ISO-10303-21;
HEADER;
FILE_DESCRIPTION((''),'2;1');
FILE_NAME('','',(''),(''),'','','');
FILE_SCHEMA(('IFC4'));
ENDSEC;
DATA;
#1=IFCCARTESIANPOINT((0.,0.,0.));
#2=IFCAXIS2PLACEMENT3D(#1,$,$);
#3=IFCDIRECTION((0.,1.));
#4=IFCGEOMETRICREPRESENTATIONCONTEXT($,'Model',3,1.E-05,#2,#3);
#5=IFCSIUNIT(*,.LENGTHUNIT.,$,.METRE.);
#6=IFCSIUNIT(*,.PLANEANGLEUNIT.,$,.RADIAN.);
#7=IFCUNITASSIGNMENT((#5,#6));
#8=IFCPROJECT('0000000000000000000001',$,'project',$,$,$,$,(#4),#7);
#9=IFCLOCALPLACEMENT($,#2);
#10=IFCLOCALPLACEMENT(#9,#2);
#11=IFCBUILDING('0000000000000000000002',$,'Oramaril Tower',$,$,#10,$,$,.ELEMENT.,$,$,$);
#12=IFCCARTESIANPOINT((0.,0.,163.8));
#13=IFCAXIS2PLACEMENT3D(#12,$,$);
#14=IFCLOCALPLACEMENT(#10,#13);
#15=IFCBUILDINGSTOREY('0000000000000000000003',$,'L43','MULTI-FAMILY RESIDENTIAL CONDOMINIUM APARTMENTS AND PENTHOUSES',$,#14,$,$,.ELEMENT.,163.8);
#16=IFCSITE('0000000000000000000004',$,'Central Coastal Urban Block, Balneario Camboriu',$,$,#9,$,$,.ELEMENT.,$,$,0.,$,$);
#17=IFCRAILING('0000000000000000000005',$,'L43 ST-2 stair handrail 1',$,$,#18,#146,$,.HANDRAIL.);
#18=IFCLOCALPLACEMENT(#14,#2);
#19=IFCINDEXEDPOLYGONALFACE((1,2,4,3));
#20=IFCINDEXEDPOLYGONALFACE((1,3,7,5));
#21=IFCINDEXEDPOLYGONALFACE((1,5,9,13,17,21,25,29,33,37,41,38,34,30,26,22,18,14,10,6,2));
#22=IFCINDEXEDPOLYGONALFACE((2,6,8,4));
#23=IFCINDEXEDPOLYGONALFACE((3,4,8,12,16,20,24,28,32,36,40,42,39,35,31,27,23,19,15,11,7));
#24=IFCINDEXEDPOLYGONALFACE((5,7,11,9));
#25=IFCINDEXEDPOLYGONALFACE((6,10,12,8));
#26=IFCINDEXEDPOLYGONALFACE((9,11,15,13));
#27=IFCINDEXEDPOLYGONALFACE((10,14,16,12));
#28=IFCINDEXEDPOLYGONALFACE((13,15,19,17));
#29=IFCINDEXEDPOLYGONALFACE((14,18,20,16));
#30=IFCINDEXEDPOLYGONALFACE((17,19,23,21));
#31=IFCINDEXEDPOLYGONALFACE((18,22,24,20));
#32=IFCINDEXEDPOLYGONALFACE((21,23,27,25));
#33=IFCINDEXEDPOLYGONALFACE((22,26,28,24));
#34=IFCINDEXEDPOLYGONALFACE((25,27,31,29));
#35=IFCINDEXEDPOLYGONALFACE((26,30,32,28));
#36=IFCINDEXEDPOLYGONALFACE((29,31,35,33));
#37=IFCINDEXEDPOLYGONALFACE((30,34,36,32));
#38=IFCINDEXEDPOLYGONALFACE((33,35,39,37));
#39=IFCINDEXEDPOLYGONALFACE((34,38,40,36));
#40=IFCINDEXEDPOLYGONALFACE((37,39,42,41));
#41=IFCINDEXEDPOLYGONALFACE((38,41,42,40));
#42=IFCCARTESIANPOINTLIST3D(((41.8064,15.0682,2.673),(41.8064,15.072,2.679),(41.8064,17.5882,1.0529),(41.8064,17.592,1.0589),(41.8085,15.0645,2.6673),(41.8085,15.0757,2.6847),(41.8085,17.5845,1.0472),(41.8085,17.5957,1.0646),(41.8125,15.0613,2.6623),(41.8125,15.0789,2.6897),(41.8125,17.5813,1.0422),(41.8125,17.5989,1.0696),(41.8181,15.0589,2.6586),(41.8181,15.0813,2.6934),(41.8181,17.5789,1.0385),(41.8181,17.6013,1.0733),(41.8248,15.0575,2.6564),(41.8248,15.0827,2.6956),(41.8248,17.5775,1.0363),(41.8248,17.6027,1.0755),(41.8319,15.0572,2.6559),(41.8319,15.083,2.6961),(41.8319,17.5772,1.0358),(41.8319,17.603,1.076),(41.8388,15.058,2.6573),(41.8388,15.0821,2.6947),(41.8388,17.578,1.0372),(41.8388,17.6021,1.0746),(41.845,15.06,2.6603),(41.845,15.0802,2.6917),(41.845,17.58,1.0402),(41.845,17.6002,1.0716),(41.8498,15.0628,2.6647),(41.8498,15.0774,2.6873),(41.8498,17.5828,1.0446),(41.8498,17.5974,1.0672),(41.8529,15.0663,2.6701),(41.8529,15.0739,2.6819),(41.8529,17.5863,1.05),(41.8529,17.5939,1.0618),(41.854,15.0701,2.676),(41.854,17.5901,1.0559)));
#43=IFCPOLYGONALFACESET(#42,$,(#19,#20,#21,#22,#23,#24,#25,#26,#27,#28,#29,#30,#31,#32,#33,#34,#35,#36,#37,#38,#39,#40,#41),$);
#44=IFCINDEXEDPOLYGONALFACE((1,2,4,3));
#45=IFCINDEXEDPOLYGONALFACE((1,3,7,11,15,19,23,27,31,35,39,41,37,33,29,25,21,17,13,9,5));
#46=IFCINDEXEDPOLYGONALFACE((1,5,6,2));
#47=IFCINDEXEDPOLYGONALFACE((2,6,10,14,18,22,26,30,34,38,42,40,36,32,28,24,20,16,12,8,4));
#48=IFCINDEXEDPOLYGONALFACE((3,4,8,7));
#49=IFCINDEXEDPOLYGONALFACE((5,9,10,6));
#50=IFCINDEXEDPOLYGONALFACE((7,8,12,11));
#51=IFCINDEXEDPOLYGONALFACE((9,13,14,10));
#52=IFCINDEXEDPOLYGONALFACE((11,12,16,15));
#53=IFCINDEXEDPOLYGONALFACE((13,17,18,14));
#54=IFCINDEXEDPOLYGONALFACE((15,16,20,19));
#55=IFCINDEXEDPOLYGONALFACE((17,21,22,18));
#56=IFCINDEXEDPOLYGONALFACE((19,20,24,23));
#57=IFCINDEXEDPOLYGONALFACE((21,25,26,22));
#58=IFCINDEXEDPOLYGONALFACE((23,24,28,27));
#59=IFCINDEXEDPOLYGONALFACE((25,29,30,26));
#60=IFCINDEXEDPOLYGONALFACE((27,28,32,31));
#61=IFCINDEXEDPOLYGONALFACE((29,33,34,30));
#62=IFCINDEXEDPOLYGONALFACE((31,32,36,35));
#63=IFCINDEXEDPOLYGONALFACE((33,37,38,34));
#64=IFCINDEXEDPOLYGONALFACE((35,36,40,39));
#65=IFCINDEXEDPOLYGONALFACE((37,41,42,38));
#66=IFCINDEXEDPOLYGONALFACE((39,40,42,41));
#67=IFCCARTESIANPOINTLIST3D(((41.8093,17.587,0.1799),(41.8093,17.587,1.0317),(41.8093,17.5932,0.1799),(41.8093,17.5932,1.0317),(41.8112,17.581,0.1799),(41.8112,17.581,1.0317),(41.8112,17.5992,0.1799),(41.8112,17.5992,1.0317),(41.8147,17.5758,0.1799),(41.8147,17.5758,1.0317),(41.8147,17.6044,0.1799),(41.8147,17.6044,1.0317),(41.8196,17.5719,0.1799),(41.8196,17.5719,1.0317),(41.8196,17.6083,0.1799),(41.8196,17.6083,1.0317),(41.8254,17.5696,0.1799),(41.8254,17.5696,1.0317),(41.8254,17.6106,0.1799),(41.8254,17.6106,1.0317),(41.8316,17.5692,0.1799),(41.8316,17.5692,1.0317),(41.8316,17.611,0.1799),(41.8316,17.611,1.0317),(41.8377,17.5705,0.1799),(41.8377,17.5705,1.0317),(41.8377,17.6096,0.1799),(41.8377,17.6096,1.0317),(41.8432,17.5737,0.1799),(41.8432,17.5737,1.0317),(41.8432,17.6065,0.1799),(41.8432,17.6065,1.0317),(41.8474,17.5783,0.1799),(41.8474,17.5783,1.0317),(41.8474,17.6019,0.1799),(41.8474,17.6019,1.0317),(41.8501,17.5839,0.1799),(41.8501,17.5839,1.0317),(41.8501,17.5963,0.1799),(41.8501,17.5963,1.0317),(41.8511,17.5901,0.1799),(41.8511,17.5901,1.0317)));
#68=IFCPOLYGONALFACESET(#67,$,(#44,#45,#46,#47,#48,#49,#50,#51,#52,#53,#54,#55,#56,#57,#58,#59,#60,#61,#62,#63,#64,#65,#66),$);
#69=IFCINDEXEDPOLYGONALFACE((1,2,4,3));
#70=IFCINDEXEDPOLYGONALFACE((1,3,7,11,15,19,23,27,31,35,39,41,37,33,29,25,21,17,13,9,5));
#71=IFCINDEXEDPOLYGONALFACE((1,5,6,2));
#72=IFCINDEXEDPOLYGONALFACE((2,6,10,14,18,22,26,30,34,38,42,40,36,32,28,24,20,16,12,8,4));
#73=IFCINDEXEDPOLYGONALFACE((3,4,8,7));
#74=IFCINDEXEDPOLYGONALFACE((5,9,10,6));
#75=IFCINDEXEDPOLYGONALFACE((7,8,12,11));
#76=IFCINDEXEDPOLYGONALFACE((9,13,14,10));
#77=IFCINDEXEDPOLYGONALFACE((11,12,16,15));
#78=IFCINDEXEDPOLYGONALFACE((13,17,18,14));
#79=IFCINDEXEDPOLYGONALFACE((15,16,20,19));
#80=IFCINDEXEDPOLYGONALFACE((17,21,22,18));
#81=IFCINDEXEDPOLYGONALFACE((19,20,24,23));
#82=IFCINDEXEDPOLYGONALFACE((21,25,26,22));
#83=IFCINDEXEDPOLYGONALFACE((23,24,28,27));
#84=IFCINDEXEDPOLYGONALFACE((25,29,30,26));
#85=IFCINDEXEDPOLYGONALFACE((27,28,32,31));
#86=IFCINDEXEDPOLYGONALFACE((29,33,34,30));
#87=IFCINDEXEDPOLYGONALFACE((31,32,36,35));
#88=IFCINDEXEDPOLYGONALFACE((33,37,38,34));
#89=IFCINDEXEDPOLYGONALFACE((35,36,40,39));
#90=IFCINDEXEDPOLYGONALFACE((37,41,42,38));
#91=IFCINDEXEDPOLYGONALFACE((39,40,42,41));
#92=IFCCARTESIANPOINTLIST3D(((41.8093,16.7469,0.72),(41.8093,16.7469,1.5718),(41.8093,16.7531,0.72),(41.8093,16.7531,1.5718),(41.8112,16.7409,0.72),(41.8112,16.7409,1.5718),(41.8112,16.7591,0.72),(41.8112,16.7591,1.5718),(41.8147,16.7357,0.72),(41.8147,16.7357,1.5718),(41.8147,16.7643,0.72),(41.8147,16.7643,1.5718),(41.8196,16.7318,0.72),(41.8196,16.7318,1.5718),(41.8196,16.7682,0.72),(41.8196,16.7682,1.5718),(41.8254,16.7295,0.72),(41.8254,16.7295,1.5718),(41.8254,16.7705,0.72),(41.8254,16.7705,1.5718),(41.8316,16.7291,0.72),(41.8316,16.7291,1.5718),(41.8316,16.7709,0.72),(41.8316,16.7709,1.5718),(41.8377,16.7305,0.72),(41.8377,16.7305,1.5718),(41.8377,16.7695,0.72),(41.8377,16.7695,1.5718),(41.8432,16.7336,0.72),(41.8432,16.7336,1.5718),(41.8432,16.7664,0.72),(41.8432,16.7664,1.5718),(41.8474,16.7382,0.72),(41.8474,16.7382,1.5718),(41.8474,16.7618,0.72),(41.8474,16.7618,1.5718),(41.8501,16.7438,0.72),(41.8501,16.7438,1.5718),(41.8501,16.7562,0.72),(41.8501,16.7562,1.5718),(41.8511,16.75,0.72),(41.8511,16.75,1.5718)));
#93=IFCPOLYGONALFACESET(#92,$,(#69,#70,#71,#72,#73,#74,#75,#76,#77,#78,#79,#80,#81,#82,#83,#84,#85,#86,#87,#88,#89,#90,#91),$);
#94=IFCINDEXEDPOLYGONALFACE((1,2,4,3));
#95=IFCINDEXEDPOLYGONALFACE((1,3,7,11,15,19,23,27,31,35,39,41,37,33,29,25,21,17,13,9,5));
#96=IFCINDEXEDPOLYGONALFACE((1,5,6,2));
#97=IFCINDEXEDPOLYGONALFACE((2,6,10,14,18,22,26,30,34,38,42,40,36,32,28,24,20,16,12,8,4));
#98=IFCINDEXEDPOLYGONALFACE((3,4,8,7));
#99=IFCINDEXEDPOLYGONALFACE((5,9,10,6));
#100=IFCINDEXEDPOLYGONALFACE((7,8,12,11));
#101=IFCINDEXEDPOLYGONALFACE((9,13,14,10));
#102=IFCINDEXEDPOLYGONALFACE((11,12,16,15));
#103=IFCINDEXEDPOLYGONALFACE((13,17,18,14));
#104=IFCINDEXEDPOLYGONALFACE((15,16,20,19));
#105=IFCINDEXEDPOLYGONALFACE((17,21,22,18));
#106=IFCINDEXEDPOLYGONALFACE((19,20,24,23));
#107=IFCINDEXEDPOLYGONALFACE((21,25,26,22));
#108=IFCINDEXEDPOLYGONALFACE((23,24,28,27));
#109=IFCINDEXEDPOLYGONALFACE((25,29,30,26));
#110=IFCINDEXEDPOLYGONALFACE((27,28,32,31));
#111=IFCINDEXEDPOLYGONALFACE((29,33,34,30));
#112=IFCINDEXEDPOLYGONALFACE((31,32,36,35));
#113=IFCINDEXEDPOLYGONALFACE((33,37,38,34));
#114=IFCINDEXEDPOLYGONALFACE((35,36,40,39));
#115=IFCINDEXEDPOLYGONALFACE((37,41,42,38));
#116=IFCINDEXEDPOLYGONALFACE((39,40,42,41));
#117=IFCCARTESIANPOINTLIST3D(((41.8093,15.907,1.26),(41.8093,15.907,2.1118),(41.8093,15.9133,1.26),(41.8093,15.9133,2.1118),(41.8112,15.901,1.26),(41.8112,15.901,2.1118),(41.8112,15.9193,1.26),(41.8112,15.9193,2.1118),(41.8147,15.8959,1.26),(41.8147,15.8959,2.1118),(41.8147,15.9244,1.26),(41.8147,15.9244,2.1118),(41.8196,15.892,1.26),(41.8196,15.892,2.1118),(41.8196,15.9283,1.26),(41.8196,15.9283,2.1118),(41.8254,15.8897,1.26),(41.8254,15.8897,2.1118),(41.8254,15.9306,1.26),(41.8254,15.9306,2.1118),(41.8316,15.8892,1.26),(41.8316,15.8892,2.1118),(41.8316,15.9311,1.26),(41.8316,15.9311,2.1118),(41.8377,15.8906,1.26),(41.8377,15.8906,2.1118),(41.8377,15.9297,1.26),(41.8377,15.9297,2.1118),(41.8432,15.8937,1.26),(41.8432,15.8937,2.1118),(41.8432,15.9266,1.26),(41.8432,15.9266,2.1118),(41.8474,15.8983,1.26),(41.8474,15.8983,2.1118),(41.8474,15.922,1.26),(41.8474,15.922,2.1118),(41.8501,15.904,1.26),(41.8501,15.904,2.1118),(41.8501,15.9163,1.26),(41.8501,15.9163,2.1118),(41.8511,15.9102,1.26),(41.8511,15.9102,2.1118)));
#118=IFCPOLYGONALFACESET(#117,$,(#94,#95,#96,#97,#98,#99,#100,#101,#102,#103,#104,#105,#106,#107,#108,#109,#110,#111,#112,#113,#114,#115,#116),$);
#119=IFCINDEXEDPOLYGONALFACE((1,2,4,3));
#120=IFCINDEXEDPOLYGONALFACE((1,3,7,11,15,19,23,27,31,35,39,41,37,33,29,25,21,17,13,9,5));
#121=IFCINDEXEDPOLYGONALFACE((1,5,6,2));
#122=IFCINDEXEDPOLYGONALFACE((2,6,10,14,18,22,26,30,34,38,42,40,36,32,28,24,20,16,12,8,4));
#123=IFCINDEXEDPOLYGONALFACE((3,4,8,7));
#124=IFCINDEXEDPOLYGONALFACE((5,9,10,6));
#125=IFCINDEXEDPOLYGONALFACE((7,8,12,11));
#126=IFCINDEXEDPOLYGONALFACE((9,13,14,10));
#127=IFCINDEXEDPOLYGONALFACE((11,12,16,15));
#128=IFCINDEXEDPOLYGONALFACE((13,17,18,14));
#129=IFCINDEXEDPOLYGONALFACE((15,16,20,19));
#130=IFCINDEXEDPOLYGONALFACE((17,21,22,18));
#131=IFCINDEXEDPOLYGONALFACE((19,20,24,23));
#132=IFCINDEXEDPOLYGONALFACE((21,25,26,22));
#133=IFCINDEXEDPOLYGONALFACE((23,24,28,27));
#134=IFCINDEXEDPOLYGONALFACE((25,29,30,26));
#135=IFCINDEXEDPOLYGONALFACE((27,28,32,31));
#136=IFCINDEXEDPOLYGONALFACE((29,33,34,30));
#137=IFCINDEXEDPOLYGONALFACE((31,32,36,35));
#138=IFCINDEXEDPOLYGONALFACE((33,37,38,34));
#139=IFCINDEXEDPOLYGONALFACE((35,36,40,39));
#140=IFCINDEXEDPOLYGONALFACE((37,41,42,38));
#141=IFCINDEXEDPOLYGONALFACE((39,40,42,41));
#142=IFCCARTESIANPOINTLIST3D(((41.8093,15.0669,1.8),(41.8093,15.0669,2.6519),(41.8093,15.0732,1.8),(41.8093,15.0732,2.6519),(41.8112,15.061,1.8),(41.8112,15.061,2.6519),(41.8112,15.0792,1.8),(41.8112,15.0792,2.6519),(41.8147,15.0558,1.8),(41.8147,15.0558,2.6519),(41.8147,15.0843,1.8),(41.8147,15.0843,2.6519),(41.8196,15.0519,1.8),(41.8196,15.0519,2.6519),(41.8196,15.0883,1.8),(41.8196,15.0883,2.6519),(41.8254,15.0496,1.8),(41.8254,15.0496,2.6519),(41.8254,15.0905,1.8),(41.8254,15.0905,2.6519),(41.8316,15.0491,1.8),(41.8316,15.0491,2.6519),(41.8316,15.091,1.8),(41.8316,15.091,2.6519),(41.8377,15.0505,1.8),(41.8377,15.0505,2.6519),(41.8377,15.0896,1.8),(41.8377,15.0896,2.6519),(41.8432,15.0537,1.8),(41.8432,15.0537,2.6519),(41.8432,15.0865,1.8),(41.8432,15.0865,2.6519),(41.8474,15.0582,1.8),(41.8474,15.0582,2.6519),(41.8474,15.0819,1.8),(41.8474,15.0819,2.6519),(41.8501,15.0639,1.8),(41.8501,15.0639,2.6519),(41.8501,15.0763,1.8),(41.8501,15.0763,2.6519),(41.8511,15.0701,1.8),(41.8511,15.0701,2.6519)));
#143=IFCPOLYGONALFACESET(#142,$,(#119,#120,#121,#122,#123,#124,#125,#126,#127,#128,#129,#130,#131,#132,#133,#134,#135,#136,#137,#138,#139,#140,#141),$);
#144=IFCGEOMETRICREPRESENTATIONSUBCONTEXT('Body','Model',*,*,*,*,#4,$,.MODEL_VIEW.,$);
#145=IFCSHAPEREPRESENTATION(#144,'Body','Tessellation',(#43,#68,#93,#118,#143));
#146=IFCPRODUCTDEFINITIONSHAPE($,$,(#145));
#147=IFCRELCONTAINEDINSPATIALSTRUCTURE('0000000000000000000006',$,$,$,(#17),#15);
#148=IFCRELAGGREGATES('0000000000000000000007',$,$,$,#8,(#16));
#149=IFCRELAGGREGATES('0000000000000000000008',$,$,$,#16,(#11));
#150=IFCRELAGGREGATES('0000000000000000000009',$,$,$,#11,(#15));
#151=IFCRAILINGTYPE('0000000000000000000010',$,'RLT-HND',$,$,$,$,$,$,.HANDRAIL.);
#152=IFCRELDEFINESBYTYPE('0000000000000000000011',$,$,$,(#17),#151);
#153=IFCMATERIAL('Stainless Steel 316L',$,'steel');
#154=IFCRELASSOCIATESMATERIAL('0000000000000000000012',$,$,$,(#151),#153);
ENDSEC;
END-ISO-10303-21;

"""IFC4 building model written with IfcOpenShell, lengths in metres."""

from ifc_helpers import new_model, si_unit, direction, frame, origin, origin_2d, place, context, subcontext, project, spatial, circle, extrude, material, type_object, element, save


model = new_model("IFC4")

# Units and contexts
model_context = context("Model", 3, precision=1e-05, world=origin(), true_north=direction((0.0, 1.0)))
body_context = subcontext(model_context, "Body", "Model", "MODEL_VIEW")
ifc_project = project(units=[si_unit("LENGTHUNIT", "METRE"), si_unit("PLANEANGLEUNIT", "RADIAN")], contexts=[model_context])

# Site, building, storey
site_placement = place(None, origin())
site = spatial("IfcSite", under=ifc_project, at=site_placement, Name="Central Coastal Urban Block, Balneario Camboriu", CompositionType="ELEMENT", RefElevation=0.0)
building_placement = place(site_placement, origin())
building = spatial("IfcBuilding", under=site, at=building_placement, Name="Oramaril Tower", CompositionType="ELEMENT")
storey_placement = place(building_placement, frame((0.0, 0.0, 163.8)))
storey = spatial("IfcBuildingStorey", under=building, at=storey_placement, Name="L43", Description="MULTI-FAMILY RESIDENTIAL CONDOMINIUM APARTMENTS AND PENTHOUSES", CompositionType="ELEMENT", Elevation=163.8)

# Railing
ifc_material_1 = material(Name="Stainless Steel 316L", Category="steel")
railing_type_1 = type_object("IfcRailingType", Name="RLT-HND", PredefinedType="HANDRAIL", material=ifc_material_1)
railing_1_placement = place(storey_placement, frame((41.8301, 17.5901, 0.1799)))
element("IfcRailing", 1, at=railing_1_placement, inside=storey, type_object=railing_type_1, Name="L43 ST-2 stair handrail 1", PredefinedType="HANDRAIL", context=body_context, shape_type="SweptSolid", body=[
    extrude(circle(Radius=0.0239, at=origin_2d()), frame((0.0, 0.0, 0.876), z_axis=(0.0, -0.841163, 0.540782), x_axis=(1.0, 0.0, 0.0)), (0.0, 0.0, 1.0), 2.9958),
    extrude(circle(Radius=0.021, at=origin_2d()), origin(), (0.0, 0.0, 1.0), 0.8518),
    extrude(circle(Radius=0.021, at=origin_2d()), frame((0.0, -0.8401, 0.54)), (0.0, 0.0, 1.0), 0.8518),
    extrude(circle(Radius=0.021, at=origin_2d()), frame((0.0, -1.6799, 1.0801)), (0.0, 0.0, 1.0), 0.8518),
    extrude(circle(Radius=0.021, at=origin_2d()), frame((0.0, -2.52, 1.6201)), (0.0, 0.0, 1.0), 0.8518),
])

save(model, "model.ifc")
